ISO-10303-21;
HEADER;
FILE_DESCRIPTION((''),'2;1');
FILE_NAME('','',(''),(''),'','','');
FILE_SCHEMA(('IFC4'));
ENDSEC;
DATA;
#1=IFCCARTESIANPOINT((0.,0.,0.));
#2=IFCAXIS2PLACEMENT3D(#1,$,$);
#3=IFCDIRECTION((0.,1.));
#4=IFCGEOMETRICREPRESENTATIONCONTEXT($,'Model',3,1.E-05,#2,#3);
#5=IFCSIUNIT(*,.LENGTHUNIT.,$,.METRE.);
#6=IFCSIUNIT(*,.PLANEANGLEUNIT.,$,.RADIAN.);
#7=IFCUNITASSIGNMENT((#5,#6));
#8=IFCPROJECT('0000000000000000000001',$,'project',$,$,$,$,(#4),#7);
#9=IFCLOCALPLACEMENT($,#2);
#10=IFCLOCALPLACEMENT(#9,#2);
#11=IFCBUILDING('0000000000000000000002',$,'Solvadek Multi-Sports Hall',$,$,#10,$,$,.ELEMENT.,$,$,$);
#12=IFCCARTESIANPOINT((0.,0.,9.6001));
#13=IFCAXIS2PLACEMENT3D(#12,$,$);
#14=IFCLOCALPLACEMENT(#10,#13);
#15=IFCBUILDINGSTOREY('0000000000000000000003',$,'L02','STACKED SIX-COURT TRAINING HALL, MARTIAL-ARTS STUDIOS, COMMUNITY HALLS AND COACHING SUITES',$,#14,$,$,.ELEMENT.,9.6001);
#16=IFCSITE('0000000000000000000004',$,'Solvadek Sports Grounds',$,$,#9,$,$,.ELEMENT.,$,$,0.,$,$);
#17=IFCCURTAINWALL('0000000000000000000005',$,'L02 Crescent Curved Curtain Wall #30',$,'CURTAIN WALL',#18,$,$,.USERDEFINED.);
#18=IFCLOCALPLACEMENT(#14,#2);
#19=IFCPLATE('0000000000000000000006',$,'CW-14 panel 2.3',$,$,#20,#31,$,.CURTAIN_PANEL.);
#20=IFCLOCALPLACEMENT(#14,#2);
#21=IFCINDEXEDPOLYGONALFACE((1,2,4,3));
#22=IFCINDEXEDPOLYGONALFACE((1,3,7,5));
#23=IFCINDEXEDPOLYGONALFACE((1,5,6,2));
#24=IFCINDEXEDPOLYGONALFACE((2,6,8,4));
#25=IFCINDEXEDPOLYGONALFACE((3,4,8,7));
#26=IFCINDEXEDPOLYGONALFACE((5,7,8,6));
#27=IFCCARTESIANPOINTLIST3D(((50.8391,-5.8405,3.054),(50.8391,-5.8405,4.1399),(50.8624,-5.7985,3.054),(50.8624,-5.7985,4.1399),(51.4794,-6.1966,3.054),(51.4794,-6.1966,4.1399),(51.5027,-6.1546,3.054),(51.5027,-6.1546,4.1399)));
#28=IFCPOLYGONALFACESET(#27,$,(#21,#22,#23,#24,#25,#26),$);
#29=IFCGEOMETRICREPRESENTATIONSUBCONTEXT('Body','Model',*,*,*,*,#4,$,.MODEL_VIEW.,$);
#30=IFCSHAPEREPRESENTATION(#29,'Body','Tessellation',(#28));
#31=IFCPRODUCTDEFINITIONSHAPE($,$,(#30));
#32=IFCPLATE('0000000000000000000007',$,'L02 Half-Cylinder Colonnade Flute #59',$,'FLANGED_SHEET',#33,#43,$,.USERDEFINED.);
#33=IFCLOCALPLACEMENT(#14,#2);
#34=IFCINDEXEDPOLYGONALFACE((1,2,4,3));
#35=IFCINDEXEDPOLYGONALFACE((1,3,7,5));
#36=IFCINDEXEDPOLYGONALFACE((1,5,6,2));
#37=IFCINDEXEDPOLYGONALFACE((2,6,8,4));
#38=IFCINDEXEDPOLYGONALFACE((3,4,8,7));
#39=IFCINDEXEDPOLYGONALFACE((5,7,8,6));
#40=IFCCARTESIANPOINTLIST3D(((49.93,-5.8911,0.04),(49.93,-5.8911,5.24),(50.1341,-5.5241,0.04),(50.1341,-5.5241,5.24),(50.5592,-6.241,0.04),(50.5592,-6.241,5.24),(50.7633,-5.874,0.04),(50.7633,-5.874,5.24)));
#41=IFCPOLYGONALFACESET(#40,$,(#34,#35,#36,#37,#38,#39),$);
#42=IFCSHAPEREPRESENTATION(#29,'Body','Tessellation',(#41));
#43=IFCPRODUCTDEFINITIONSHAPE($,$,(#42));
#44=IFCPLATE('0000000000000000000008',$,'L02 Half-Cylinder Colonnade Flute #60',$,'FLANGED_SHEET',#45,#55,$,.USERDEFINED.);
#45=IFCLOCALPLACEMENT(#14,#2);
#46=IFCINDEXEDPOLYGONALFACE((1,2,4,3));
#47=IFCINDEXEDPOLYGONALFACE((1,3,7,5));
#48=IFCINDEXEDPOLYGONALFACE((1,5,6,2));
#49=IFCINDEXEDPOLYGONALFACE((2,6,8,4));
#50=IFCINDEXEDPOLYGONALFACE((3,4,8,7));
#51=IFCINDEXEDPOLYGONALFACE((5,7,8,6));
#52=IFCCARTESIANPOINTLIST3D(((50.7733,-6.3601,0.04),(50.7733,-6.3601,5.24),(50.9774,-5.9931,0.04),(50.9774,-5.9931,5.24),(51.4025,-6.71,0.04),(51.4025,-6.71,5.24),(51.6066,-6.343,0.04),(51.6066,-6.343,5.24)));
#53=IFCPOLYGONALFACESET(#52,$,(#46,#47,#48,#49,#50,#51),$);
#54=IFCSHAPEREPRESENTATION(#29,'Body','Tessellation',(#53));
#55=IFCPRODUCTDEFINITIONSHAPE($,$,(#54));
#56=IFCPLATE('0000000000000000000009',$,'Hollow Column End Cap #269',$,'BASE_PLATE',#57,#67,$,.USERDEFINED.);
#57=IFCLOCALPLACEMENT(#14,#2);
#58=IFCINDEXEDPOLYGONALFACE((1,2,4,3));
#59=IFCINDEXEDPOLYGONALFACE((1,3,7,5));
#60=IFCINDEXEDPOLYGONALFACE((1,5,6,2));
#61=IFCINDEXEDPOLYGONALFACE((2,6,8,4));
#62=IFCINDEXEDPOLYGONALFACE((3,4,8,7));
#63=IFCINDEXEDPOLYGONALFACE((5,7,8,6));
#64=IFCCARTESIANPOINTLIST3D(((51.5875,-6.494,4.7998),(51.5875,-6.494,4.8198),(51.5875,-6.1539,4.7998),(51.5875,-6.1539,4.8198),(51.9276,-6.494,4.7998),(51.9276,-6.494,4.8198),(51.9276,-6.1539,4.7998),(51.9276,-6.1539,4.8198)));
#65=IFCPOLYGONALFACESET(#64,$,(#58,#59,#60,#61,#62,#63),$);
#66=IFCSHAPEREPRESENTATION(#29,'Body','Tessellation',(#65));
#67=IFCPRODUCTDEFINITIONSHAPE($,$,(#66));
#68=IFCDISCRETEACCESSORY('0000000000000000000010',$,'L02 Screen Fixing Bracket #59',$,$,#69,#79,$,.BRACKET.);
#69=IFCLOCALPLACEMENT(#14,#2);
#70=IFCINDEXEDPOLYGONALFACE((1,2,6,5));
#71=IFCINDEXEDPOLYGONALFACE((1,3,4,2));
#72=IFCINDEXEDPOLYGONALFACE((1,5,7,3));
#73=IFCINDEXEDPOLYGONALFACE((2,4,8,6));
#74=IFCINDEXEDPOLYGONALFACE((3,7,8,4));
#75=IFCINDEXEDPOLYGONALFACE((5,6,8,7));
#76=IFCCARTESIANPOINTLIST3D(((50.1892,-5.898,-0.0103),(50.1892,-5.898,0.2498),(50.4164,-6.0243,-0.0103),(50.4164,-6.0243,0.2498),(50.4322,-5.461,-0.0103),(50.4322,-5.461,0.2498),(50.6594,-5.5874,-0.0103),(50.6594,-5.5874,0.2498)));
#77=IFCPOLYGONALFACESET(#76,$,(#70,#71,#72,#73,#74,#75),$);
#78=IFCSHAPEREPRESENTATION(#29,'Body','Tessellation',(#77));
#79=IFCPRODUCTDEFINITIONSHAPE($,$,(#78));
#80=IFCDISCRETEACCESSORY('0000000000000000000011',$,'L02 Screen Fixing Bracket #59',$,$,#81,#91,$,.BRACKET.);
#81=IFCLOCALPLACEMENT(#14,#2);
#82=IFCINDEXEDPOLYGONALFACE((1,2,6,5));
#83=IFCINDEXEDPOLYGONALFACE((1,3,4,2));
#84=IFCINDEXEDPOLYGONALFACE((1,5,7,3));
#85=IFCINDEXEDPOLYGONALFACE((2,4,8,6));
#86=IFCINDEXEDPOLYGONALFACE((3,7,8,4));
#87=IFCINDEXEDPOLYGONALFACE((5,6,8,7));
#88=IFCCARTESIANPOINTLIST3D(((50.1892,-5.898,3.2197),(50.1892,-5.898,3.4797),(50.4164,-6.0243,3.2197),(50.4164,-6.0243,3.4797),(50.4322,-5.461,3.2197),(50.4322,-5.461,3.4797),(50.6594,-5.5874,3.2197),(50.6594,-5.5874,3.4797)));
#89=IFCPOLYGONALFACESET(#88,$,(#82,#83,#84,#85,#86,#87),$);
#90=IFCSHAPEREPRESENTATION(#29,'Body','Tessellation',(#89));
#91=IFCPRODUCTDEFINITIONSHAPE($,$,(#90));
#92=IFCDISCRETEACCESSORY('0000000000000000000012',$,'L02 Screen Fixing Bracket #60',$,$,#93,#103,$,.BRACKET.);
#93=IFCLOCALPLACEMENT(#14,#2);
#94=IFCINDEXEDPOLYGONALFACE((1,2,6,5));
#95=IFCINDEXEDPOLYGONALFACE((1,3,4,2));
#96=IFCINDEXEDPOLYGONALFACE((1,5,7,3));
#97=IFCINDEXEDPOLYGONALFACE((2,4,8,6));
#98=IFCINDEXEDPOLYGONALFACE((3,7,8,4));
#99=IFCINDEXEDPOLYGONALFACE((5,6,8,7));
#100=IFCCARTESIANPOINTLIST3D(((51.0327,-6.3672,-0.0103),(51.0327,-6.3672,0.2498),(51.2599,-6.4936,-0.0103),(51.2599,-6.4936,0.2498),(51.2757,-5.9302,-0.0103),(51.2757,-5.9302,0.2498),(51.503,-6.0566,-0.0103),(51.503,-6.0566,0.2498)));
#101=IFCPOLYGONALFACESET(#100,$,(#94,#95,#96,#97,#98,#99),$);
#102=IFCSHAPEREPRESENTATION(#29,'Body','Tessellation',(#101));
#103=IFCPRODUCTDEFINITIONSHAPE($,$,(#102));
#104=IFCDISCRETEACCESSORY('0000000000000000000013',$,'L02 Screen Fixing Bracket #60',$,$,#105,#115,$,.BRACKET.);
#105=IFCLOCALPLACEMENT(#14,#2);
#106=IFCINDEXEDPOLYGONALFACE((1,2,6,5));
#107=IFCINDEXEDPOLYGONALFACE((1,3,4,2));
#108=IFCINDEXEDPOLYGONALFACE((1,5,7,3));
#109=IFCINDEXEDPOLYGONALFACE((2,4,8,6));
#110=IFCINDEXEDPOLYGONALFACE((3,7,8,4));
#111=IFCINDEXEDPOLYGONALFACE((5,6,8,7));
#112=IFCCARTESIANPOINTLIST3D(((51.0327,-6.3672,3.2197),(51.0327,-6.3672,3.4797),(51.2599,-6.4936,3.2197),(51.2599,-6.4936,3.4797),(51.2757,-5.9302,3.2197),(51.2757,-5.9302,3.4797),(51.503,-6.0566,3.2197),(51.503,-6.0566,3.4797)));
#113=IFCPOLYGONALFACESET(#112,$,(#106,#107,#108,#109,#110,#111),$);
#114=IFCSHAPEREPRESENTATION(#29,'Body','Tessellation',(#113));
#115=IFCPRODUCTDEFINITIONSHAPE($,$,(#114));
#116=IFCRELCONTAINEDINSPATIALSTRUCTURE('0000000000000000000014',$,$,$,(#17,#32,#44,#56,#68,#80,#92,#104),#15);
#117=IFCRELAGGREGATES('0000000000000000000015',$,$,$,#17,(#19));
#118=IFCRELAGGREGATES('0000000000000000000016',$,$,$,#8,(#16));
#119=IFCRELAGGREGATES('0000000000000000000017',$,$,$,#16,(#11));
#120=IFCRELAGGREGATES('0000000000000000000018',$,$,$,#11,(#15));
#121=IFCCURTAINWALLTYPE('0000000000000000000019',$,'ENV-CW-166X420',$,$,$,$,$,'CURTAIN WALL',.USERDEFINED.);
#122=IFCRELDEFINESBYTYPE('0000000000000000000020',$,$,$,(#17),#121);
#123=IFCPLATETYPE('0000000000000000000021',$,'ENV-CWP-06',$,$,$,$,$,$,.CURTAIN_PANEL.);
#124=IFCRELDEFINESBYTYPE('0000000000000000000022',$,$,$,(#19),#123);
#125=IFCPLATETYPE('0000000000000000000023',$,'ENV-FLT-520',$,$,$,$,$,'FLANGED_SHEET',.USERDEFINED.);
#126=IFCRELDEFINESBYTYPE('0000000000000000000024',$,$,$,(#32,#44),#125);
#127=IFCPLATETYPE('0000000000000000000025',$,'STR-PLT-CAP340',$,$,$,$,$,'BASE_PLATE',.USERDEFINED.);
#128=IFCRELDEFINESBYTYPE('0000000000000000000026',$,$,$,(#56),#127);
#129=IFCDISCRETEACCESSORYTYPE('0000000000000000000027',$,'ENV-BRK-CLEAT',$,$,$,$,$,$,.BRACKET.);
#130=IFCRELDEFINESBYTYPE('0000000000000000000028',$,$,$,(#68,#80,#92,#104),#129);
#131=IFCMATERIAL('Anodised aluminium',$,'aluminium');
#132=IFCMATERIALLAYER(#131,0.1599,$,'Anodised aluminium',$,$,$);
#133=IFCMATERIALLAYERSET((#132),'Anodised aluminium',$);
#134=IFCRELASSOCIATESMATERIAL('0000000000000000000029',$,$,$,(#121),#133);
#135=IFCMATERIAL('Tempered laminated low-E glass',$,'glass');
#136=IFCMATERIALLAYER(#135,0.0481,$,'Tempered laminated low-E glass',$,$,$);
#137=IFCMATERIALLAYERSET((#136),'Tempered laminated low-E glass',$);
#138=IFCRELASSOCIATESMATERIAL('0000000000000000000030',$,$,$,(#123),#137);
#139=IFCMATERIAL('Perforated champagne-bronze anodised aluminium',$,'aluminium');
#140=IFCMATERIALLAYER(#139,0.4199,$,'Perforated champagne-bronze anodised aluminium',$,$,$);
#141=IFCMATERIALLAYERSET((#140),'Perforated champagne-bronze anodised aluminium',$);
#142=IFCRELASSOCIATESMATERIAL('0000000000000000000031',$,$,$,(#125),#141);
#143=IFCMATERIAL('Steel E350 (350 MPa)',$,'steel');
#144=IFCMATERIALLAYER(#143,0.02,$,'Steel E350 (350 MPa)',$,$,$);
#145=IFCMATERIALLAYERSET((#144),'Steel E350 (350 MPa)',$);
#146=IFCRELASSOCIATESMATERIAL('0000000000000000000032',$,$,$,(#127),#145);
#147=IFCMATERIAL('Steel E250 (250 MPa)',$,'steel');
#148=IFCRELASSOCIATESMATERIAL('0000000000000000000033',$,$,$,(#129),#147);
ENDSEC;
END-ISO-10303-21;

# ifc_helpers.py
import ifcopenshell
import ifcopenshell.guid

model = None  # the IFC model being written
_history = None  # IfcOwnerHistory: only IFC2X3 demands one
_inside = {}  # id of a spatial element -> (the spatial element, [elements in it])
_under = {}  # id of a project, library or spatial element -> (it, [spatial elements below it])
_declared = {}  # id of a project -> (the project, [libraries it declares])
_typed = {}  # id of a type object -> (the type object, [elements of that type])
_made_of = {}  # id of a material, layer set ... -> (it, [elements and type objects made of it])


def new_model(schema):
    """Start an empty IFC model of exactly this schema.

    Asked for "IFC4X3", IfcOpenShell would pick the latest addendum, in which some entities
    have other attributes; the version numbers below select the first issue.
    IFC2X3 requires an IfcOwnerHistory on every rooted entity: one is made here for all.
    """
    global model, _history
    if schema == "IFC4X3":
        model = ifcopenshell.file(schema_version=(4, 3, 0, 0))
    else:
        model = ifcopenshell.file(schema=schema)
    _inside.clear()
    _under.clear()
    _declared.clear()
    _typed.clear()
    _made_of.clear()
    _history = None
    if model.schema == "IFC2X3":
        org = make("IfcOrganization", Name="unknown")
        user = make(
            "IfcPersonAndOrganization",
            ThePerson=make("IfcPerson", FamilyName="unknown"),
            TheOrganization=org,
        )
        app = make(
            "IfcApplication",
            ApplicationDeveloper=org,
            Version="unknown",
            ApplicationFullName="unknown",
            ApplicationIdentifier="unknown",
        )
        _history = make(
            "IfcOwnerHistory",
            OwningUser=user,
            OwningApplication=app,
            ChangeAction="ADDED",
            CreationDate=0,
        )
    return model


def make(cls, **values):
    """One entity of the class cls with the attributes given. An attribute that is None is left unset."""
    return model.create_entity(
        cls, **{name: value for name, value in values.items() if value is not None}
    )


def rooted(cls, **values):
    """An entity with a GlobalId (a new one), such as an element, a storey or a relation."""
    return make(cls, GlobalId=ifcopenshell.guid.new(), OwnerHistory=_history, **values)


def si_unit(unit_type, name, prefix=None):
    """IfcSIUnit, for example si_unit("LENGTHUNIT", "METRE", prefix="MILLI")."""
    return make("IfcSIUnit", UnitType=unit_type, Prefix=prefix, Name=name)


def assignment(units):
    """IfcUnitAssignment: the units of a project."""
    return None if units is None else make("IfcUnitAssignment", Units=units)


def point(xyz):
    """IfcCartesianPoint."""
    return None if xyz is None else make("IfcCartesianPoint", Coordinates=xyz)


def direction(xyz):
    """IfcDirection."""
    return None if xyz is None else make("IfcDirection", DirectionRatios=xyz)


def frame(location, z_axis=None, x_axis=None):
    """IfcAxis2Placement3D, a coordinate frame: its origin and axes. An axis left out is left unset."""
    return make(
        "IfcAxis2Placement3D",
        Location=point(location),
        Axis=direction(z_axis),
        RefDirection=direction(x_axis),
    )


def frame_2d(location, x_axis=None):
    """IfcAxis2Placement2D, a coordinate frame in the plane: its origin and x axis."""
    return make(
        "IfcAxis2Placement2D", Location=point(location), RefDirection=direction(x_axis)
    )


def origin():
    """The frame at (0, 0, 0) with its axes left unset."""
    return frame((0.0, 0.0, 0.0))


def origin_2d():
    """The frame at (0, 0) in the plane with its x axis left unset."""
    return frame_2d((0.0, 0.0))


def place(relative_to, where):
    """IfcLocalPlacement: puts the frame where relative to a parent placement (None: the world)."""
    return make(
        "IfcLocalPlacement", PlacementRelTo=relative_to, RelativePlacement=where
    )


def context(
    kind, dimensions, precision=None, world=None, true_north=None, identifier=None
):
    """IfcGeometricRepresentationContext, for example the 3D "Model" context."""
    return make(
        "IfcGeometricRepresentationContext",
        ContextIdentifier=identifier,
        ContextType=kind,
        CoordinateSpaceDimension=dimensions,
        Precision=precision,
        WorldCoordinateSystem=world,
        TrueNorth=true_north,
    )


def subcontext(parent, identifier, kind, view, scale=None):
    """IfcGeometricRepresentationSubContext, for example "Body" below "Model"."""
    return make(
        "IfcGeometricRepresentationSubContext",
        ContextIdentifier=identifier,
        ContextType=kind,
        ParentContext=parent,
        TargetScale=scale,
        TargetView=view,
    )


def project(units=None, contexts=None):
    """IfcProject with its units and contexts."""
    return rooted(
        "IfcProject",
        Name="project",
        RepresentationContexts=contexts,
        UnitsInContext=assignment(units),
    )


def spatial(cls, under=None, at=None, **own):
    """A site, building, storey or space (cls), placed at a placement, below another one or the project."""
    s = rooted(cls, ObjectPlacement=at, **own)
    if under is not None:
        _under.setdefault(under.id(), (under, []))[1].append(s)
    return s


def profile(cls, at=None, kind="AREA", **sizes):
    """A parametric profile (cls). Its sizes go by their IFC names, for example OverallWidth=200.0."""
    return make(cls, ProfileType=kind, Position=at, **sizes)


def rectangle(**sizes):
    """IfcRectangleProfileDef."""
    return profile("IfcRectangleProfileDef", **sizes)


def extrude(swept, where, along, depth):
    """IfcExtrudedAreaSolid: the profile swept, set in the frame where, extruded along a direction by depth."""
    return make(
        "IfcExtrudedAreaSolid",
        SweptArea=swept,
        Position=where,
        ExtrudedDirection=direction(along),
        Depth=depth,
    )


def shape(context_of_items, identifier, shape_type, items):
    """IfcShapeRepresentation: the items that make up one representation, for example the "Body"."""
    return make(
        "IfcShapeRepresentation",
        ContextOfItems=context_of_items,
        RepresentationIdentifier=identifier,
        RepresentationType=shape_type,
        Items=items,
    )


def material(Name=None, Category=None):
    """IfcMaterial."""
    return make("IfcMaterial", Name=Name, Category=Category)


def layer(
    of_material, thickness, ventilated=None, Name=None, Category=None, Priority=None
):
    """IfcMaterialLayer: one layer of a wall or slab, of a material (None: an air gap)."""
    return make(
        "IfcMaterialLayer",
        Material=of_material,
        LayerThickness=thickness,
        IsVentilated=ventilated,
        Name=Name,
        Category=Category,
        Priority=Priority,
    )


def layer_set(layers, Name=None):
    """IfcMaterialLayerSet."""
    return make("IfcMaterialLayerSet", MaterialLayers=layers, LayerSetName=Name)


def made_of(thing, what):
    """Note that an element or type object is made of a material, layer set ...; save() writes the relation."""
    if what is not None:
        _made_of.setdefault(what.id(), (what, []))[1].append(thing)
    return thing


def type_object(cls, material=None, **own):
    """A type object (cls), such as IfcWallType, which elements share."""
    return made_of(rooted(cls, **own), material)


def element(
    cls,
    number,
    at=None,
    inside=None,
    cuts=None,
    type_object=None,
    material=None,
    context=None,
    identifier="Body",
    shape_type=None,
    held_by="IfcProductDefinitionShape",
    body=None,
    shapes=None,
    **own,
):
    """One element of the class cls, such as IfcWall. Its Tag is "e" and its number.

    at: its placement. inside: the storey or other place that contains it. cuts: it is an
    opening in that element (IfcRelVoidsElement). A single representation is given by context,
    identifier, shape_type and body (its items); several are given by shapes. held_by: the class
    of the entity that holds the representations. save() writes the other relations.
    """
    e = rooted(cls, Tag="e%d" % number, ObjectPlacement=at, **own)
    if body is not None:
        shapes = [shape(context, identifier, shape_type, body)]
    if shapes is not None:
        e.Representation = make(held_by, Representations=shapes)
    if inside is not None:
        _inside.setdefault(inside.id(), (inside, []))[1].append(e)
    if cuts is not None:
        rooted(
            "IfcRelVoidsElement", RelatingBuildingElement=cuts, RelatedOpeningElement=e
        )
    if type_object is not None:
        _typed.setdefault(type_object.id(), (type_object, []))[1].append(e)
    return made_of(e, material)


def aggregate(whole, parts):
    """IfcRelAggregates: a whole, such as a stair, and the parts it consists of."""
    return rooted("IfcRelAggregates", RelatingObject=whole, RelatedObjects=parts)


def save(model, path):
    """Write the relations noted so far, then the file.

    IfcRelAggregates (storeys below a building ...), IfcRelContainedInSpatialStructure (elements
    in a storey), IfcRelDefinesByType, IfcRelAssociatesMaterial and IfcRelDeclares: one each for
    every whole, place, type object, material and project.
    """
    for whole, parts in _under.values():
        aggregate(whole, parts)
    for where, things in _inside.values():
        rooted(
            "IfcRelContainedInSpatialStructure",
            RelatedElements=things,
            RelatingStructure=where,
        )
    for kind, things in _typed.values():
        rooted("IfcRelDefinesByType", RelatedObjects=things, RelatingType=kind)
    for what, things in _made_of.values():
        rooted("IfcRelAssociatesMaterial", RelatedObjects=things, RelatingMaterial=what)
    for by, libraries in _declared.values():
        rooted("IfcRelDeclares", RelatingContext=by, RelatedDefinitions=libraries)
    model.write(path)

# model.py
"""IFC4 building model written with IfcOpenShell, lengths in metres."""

from ifc_helpers import new_model, si_unit, direction, frame, origin, origin_2d, place, context, subcontext, project, spatial, rectangle, extrude, material, layer, layer_set, type_object, element, aggregate, save


model = new_model("IFC4")

# Units and contexts
model_context = context("Model", 3, precision=1e-05, world=origin(), true_north=direction((0.0, 1.0)))
body_context = subcontext(model_context, "Body", "Model", "MODEL_VIEW")
ifc_project = project(units=[si_unit("LENGTHUNIT", "METRE"), si_unit("PLANEANGLEUNIT", "RADIAN")], contexts=[model_context])

# Site, building, storey
site_placement = place(None, origin())
site = spatial("IfcSite", under=ifc_project, at=site_placement, Name="Solvadek Sports Grounds", CompositionType="ELEMENT", RefElevation=0.0)
building_placement = place(site_placement, origin())
building = spatial("IfcBuilding", under=site, at=building_placement, Name="Solvadek Multi-Sports Hall", CompositionType="ELEMENT")
storey_placement = place(building_placement, frame((0.0, 0.0, 9.6001)))
storey = spatial("IfcBuildingStorey", under=building, at=storey_placement, Name="L02", Description="STACKED SIX-COURT TRAINING HALL, MARTIAL-ARTS STUDIOS, COMMUNITY HALLS AND COACHING SUITES", CompositionType="ELEMENT", Elevation=9.6001)

# Shared definitions
ifc_material_1 = material(Name="Steel E350 (350 MPa)", Category="steel")

# Curtain wall
ifc_material_2 = material(Name="Anodised aluminium", Category="aluminium")
ifc_layer_1 = layer(ifc_material_2, 0.1599, Name="Anodised aluminium")
ifc_layer_set_1 = layer_set([ifc_layer_1], Name="Anodised aluminium")
curtain_wall_type = type_object("IfcCurtainWallType", Name="ENV-CW-166X420", ElementType="CURTAIN WALL", PredefinedType="USERDEFINED", material=ifc_layer_set_1)
curtain_wall_placement = place(storey_placement, origin())
curtain_wall = element("IfcCurtainWall", 1, at=curtain_wall_placement, inside=storey, type_object=curtain_wall_type, Name="L02 Crescent Curved Curtain Wall #30", ObjectType="CURTAIN WALL", PredefinedType="USERDEFINED")

# Shared definitions
ifc_material_3 = material(Name="Steel E250 (250 MPa)", Category="steel")

# Plate
ifc_material_4 = material(Name="Tempered laminated low-E glass", Category="glass")
ifc_layer_2 = layer(ifc_material_4, 0.0481, Name="Tempered laminated low-E glass")
ifc_layer_set_2 = layer_set([ifc_layer_2], Name="Tempered laminated low-E glass")
plate_type_1 = type_object("IfcPlateType", Name="ENV-CWP-06", PredefinedType="CURTAIN_PANEL", material=ifc_layer_set_2)
plate_1_placement = place(storey_placement, frame((51.1709, -5.9976, 3.054), z_axis=(0.0, 0.0, 1.0), x_axis=(0.873955, -0.486006, 0.0)))
plate_1 = element("IfcPlate", 2, at=plate_1_placement, type_object=plate_type_1, Name="CW-14 panel 2.3", PredefinedType="CURTAIN_PANEL", context=body_context, shape_type="SweptSolid", body=[
    extrude(rectangle(XDim=0.7327, YDim=0.0481, at=origin_2d()), origin(), (0.0, 0.0, 1.0), 1.0859),
])
aggregate(curtain_wall, [plate_1])

# Plates
ifc_material_5 = material(Name="Perforated champagne-bronze anodised aluminium", Category="aluminium")
ifc_layer_3 = layer(ifc_material_5, 0.4199, Name="Perforated champagne-bronze anodised aluminium")
ifc_layer_set_3 = layer_set([ifc_layer_3], Name="Perforated champagne-bronze anodised aluminium")
plate_type_2 = type_object("IfcPlateType", Name="ENV-FLT-520", ElementType="FLANGED_SHEET", PredefinedType="USERDEFINED", material=ifc_layer_set_3)
for number, where, z_axis, x_axis, name in (
    (3, (50.3467, -5.8826, 0.04), (0.0, 0.0, 1.0), (0.87393, -0.486052, 0.0), "L02 Half-Cylinder Colonnade Flute #59"),
    (4, (51.1899, -6.3516, 0.04), (0.0, 0.0, 1.0), (0.87393, -0.486052, 0.0), "L02 Half-Cylinder Colonnade Flute #60"),
):
    element("IfcPlate", number, at=place(storey_placement, frame(where, z_axis=z_axis, x_axis=x_axis)), inside=storey, type_object=plate_type_2, Name=name, ObjectType="FLANGED_SHEET", PredefinedType="USERDEFINED", context=body_context, shape_type="SweptSolid", body=[
        extrude(rectangle(XDim=0.72, YDim=0.4199, at=origin_2d()), origin(), (0.0, 0.0, 1.0), 5.2),
    ])
ifc_layer_4 = layer(ifc_material_1, 0.02, Name="Steel E350 (350 MPa)")
ifc_layer_set_4 = layer_set([ifc_layer_4], Name="Steel E350 (350 MPa)")
plate_type_3 = type_object("IfcPlateType", Name="STR-PLT-CAP340", ElementType="BASE_PLATE", PredefinedType="USERDEFINED", material=ifc_layer_set_4)
plate_2_placement = place(storey_placement, frame((51.7576, -6.324, 4.7998), z_axis=(0.0, 0.0, 1.0), x_axis=(1.0, 0.0, 0.0)))
element("IfcPlate", 5, at=plate_2_placement, inside=storey, type_object=plate_type_3, Name="Hollow Column End Cap #269", ObjectType="BASE_PLATE", PredefinedType="USERDEFINED", context=body_context, shape_type="SweptSolid", body=[
    extrude(rectangle(XDim=0.3401, YDim=0.3401, at=origin_2d()), origin(), (0.0, 0.0, 1.0), 0.02),
])

# Discrete accessories
discrete_accessory_type = type_object("IfcDiscreteAccessoryType", Name="ENV-BRK-CLEAT", PredefinedType="BRACKET", material=ifc_material_3)
for number, where, z_axis, x_axis, name in (
    (6, (50.4243, -5.7427, -0.0103), (0.0, 0.0, 1.0), (0.87393, -0.486052, 0.0), "L02 Screen Fixing Bracket #59"),
    (7, (50.4243, -5.7427, 3.2197), (0.0, 0.0, 1.0), (0.87393, -0.486052, 0.0), "L02 Screen Fixing Bracket #59"),
    (8, (51.2678, -6.2119, -0.0103), (0.0, 0.0, 1.0), (0.87393, -0.486052, 0.0), "L02 Screen Fixing Bracket #60"),
    (9, (51.2678, -6.2119, 3.2197), (0.0, 0.0, 1.0), (0.87393, -0.486052, 0.0), "L02 Screen Fixing Bracket #60"),
):
    element("IfcDiscreteAccessory", number, at=place(storey_placement, frame(where, z_axis=z_axis, x_axis=x_axis)), inside=storey, type_object=discrete_accessory_type, Name=name, PredefinedType="BRACKET", context=body_context, shape_type="SweptSolid", body=[
        extrude(rectangle(XDim=0.26, YDim=0.5, at=origin_2d()), origin(), (0.0, 0.0, 1.0), 0.26),
    ])

save(model, "model.ifc")
